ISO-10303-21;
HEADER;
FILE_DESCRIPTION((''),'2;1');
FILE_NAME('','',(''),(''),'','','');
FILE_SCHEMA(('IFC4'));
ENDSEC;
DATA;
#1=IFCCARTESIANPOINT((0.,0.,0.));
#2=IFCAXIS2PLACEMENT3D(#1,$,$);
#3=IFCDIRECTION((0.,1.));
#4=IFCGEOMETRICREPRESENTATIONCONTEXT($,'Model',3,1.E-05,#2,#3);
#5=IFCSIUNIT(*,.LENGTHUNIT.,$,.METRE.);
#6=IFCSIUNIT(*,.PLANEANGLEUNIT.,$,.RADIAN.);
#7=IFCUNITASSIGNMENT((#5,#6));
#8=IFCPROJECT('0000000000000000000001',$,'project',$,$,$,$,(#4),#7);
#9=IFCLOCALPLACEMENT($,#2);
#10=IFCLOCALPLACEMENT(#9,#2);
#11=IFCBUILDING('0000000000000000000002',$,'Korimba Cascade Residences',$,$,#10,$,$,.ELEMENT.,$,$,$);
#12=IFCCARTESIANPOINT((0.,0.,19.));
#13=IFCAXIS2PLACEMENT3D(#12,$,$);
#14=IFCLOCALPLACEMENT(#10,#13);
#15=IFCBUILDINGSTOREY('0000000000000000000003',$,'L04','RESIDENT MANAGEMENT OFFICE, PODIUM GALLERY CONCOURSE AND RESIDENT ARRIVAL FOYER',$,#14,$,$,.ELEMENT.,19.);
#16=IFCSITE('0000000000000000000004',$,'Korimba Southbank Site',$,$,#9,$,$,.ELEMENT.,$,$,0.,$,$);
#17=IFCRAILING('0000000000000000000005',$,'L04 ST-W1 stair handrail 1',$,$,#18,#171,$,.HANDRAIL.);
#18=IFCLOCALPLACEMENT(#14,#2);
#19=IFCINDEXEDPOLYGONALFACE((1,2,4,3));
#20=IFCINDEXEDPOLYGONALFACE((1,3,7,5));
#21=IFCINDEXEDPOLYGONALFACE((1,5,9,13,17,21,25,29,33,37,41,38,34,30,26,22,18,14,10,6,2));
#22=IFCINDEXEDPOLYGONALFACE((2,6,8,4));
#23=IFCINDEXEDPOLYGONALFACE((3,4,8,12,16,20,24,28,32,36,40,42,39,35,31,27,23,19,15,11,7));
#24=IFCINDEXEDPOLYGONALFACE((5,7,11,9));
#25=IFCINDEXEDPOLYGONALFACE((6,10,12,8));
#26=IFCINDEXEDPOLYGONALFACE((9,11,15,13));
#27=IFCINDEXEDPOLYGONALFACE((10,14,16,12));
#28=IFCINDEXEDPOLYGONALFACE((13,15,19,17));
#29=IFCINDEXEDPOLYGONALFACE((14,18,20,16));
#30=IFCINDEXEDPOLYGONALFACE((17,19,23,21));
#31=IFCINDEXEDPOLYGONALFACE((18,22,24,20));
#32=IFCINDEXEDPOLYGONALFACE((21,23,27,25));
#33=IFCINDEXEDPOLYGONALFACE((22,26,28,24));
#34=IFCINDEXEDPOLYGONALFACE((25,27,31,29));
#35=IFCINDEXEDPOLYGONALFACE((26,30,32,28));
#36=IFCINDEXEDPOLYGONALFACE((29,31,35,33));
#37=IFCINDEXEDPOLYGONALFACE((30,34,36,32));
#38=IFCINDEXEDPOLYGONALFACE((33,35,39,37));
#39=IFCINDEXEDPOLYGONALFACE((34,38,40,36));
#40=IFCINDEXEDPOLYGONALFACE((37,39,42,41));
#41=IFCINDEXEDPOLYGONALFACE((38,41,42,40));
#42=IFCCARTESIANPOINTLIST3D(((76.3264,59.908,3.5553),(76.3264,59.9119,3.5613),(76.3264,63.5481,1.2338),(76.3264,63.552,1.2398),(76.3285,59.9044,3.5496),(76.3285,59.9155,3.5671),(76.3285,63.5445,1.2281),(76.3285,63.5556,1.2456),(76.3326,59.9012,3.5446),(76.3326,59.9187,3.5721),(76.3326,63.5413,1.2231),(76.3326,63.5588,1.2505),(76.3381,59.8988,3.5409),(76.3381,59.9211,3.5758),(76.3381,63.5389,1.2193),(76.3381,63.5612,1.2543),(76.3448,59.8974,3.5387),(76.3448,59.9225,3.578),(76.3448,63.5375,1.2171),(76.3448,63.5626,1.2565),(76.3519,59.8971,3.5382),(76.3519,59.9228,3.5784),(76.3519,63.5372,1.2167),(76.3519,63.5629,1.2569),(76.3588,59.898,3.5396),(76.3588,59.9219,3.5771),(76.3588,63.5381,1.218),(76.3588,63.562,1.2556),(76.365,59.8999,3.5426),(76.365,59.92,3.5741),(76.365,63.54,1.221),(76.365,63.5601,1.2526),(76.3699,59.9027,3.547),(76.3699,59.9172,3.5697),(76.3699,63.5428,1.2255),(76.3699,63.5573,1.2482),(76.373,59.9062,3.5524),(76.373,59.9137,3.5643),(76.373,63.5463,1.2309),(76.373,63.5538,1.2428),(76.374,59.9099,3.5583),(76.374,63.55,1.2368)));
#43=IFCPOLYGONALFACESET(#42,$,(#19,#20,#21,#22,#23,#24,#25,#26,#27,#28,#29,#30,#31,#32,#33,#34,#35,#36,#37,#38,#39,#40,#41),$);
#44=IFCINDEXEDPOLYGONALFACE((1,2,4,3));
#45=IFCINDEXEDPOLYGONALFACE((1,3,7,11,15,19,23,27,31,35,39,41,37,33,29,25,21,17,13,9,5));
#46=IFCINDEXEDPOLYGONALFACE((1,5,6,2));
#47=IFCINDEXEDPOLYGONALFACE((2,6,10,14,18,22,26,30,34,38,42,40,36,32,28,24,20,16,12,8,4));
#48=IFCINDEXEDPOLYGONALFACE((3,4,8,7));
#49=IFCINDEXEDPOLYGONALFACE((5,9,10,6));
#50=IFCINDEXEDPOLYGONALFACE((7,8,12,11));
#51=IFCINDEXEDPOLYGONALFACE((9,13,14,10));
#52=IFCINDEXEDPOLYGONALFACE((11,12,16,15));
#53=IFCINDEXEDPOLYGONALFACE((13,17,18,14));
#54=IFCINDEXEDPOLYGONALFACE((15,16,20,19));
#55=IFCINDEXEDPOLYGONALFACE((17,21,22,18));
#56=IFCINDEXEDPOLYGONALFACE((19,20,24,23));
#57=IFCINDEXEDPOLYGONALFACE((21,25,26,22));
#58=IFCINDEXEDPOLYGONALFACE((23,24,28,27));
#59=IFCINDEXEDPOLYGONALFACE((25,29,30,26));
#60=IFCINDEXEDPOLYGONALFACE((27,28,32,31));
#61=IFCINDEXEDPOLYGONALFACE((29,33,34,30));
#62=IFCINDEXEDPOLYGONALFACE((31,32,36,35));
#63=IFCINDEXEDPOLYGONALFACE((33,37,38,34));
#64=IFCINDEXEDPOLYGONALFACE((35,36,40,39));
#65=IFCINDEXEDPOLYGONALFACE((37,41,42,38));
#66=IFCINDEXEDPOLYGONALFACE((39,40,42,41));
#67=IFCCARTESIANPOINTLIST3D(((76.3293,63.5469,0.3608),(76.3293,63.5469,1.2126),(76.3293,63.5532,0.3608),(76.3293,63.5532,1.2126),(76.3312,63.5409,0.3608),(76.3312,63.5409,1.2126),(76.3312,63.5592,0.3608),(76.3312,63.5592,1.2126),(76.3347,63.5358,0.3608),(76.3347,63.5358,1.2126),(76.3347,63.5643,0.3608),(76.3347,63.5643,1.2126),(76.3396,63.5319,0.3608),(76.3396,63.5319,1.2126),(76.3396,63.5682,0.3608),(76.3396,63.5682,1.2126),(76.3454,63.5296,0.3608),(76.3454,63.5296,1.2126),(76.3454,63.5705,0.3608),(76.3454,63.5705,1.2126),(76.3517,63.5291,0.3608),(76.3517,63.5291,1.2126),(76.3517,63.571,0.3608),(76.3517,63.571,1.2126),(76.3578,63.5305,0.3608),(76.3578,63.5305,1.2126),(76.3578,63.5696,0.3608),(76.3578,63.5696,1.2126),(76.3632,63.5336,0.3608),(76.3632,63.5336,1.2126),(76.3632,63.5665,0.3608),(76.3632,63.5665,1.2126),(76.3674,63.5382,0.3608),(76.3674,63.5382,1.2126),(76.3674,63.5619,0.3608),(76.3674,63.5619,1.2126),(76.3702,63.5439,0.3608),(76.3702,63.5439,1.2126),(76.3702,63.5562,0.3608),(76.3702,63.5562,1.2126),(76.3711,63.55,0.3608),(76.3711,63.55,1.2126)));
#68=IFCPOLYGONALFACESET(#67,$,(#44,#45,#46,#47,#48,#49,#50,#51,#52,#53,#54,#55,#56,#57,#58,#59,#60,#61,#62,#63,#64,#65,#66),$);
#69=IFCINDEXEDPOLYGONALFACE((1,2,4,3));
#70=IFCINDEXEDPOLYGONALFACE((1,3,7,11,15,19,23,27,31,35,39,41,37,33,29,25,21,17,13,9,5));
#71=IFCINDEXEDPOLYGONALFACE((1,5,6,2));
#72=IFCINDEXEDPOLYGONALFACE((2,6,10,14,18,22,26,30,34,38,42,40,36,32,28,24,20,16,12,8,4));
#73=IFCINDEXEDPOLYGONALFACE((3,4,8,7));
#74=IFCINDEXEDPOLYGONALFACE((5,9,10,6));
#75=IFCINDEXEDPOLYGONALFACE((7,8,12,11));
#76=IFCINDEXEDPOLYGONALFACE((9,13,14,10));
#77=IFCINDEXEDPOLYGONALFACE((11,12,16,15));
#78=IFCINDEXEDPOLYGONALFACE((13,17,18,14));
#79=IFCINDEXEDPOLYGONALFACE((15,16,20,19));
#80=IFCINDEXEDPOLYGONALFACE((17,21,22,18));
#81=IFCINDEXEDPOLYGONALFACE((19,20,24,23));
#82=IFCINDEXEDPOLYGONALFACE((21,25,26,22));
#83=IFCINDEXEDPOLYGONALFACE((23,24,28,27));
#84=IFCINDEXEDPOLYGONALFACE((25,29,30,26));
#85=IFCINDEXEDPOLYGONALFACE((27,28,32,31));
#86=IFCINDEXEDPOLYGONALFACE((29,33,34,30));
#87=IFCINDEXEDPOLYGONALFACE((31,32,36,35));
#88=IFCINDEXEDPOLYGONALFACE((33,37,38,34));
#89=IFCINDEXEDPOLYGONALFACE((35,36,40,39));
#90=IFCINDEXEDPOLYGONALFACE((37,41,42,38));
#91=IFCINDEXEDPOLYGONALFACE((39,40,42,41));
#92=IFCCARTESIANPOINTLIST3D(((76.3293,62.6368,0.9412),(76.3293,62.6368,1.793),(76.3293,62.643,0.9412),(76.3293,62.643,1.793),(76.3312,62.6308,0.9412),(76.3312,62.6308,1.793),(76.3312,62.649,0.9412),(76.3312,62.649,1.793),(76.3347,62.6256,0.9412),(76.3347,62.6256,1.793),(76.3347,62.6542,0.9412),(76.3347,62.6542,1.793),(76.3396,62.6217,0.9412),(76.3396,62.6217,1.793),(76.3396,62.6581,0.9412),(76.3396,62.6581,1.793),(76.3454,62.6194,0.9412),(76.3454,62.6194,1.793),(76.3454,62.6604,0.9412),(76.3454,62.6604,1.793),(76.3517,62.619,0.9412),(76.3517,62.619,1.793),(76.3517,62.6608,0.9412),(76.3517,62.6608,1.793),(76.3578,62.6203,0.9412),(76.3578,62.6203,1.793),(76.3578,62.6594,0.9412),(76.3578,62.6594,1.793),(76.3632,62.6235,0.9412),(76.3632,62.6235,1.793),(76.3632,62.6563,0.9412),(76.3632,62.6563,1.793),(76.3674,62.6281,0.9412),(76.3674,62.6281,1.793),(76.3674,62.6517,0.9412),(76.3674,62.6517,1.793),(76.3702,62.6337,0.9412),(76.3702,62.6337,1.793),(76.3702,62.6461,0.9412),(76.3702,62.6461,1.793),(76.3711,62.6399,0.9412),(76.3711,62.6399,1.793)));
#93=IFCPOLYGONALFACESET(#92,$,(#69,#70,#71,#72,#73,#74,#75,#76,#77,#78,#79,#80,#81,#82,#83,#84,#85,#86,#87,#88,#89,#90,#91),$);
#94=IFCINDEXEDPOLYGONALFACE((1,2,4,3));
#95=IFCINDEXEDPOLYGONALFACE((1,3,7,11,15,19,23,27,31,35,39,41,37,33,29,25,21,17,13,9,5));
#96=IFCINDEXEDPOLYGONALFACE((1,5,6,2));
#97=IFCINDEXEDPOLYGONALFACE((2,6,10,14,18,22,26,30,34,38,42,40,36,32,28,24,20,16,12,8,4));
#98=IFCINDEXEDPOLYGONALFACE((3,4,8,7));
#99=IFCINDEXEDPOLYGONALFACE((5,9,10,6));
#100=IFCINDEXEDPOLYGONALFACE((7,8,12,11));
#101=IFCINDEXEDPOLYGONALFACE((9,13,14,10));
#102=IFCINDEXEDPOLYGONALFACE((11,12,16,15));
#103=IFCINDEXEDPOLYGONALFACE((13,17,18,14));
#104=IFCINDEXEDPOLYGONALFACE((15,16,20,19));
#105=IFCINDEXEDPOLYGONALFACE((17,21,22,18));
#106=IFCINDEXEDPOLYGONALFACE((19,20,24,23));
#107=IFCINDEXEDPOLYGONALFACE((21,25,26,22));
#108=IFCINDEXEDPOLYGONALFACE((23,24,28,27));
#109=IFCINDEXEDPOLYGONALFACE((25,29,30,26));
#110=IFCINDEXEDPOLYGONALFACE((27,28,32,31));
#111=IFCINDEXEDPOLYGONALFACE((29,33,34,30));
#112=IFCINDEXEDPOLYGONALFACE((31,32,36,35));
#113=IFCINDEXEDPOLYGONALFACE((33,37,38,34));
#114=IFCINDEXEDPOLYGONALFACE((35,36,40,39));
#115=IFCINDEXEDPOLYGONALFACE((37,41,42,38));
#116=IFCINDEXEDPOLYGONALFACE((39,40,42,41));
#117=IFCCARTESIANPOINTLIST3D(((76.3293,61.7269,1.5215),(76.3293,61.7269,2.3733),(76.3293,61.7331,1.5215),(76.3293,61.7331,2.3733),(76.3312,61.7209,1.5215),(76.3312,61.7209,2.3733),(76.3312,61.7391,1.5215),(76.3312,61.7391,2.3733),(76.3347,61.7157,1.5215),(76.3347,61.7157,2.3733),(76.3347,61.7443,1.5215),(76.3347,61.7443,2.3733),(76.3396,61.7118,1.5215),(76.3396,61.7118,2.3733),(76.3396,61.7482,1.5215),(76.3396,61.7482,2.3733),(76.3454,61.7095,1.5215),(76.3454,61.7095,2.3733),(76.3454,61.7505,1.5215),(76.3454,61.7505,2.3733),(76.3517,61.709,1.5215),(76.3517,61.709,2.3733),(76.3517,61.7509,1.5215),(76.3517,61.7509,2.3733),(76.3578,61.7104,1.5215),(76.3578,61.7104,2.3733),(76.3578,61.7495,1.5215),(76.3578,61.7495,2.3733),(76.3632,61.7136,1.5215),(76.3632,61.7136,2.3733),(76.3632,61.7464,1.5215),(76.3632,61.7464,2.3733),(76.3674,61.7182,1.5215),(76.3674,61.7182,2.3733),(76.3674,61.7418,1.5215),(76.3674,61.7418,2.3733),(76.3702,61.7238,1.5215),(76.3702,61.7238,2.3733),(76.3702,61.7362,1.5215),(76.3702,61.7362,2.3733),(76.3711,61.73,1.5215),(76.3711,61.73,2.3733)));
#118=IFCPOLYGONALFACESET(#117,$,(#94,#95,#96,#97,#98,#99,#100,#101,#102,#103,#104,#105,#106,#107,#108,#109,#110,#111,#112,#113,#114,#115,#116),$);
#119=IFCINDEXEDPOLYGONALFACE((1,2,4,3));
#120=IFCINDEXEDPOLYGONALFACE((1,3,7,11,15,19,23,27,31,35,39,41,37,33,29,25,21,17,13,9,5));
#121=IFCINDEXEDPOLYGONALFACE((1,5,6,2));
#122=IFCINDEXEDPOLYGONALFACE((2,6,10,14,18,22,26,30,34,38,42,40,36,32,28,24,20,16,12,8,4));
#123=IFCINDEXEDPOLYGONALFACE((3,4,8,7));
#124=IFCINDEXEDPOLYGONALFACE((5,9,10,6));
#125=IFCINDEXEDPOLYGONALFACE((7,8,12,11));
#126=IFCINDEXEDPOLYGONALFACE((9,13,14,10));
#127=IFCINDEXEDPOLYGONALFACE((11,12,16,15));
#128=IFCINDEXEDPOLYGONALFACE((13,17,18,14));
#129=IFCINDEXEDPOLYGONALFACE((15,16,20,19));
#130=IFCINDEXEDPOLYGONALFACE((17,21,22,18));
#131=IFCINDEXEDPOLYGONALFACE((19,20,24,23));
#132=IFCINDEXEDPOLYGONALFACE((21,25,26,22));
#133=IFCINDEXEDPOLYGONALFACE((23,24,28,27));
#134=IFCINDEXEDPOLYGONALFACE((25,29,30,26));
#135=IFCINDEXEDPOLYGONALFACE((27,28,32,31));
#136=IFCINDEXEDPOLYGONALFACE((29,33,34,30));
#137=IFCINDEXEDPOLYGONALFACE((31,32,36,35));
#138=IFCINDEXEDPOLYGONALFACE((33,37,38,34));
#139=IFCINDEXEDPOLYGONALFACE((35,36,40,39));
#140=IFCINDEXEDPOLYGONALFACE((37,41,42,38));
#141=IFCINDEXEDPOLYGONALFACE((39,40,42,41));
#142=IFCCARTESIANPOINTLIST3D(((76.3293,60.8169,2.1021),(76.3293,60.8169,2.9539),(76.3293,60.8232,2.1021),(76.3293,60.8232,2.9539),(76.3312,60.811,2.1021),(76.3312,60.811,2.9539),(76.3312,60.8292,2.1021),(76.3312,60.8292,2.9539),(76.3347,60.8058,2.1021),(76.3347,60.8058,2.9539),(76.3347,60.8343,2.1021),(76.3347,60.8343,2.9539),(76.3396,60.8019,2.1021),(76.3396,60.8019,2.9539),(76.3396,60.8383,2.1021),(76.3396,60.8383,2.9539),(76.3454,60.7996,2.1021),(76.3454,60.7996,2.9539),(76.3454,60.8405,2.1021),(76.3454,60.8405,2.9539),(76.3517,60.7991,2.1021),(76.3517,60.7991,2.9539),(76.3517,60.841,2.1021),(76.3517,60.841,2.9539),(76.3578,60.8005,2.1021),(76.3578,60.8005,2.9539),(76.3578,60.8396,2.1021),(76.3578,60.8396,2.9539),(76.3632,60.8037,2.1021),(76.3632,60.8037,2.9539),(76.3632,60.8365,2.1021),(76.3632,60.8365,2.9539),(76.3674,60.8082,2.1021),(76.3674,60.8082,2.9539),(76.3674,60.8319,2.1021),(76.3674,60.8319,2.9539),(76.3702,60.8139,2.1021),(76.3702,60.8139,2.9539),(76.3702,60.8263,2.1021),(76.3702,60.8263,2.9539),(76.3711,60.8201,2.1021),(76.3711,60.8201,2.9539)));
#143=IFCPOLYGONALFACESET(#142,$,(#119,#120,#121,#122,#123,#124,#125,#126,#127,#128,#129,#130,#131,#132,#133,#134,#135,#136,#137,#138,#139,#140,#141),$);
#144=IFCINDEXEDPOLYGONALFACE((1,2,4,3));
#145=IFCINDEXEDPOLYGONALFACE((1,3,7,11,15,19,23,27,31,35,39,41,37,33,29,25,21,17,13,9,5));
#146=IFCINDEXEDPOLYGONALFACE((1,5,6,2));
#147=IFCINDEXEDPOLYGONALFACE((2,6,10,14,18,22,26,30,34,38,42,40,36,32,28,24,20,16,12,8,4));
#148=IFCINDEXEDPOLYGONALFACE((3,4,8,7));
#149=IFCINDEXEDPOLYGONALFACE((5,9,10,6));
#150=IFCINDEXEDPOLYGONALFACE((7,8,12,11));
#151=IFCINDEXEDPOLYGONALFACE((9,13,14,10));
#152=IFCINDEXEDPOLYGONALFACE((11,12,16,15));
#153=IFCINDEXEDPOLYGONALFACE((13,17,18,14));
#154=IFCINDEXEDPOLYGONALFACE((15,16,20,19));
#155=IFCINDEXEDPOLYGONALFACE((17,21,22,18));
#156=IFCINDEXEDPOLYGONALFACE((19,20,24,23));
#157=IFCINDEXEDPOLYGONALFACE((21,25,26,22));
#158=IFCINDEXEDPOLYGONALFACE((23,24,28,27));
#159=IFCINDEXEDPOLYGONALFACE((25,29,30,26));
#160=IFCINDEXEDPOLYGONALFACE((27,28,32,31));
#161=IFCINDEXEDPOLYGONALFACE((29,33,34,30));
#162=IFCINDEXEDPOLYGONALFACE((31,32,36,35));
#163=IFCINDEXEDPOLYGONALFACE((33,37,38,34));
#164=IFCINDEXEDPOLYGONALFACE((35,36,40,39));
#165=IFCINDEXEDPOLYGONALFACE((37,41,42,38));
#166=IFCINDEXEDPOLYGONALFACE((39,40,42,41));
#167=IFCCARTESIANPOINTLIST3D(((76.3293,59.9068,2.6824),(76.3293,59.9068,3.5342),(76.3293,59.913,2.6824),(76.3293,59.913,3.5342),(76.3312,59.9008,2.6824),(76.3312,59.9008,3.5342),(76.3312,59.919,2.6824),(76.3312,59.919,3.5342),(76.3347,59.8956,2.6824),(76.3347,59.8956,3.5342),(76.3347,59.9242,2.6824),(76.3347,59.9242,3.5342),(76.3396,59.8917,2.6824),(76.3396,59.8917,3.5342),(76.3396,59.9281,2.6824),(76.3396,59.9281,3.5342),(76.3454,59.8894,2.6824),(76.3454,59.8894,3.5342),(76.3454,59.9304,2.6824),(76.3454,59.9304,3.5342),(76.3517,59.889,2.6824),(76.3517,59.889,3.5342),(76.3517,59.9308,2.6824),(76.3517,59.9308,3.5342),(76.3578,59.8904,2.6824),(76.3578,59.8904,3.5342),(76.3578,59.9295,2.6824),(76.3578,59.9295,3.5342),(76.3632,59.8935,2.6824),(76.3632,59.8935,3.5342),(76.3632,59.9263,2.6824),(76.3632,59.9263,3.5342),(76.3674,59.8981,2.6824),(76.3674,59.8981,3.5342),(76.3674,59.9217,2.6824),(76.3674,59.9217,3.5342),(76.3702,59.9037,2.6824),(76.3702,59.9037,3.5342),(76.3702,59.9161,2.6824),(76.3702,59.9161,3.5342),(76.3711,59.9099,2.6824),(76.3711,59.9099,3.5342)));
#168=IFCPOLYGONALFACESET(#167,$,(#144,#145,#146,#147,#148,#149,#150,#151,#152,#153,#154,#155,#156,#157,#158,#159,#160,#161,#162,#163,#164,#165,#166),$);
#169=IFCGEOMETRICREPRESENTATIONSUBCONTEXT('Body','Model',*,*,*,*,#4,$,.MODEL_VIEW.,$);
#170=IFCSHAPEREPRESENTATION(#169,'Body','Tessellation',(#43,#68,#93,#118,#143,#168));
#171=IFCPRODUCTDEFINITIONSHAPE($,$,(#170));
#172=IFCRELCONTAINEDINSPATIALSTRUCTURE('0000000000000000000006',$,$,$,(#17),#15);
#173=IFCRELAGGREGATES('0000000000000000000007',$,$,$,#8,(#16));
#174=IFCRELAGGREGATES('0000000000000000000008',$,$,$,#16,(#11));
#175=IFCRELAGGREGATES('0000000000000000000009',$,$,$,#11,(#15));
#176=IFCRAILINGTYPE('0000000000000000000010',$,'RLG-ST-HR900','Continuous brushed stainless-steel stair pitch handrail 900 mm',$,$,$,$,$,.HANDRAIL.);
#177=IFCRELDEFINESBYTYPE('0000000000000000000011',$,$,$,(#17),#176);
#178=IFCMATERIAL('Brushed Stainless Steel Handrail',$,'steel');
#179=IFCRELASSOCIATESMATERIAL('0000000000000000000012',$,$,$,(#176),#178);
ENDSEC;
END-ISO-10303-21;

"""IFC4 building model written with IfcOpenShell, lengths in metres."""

from ifc_helpers import new_model, si_unit, direction, frame, origin, origin_2d, place, context, subcontext, project, spatial, circle, extrude, material, type_object, element, save


model = new_model("IFC4")

# Units and contexts
model_context = context("Model", 3, precision=1e-05, world=origin(), true_north=direction((0.0, 1.0)))
body_context = subcontext(model_context, "Body", "Model", "MODEL_VIEW")
ifc_project = project(units=[si_unit("LENGTHUNIT", "METRE"), si_unit("PLANEANGLEUNIT", "RADIAN")], contexts=[model_context])

# Site, building, storey
site_placement = place(None, origin())
site = spatial("IfcSite", under=ifc_project, at=site_placement, Name="Korimba Southbank Site", CompositionType="ELEMENT", RefElevation=0.0)
building_placement = place(site_placement, origin())
building = spatial("IfcBuilding", under=site, at=building_placement, Name="Korimba Cascade Residences", CompositionType="ELEMENT")
storey_placement = place(building_placement, frame((0.0, 0.0, 19.0)))
storey = spatial("IfcBuildingStorey", under=building, at=storey_placement, Name="L04", Description="RESIDENT MANAGEMENT OFFICE, PODIUM GALLERY CONCOURSE AND RESIDENT ARRIVAL FOYER", CompositionType="ELEMENT", Elevation=19.0)

# Railing
ifc_material_1 = material(Name="Brushed Stainless Steel Handrail", Category="steel")
railing_type_1 = type_object("IfcRailingType", Name="RLG-ST-HR900", Description="Continuous brushed stainless-steel stair pitch handrail 900 mm", PredefinedType="HANDRAIL", material=ifc_material_1)
railing_1_placement = place(storey_placement, frame((76.3501, 63.55, 0.3608)))
element("IfcRailing", 1, at=railing_1_placement, inside=storey, type_object=railing_type_1, Name="L04 ST-W1 stair handrail 1", PredefinedType="HANDRAIL", context=body_context, shape_type="SweptSolid", body=[
    extrude(circle(Radius=0.0239, at=origin_2d()), frame((0.0, 0.0, 0.876), z_axis=(0.0, -0.843128, 0.537713), x_axis=(1.0, 0.0, 0.0)), (0.0, 0.0, 1.0), 4.3174),
    extrude(circle(Radius=0.021, at=origin_2d()), origin(), (0.0, 0.0, 1.0), 0.8518),
    extrude(circle(Radius=0.021, at=origin_2d()), frame((0.0, -0.9102, 0.5803)), (0.0, 0.0, 1.0), 0.8518),
    extrude(circle(Radius=0.021, at=origin_2d()), frame((0.0, -1.8201, 1.1606)), (0.0, 0.0, 1.0), 0.8518),
    extrude(circle(Radius=0.021, at=origin_2d()), frame((0.0, -2.73, 1.7412)), (0.0, 0.0, 1.0), 0.8518),
    extrude(circle(Radius=0.021, at=origin_2d()), frame((0.0, -3.6401, 2.3215)), (0.0, 0.0, 1.0), 0.8518),
])

save(model, "model.ifc")
